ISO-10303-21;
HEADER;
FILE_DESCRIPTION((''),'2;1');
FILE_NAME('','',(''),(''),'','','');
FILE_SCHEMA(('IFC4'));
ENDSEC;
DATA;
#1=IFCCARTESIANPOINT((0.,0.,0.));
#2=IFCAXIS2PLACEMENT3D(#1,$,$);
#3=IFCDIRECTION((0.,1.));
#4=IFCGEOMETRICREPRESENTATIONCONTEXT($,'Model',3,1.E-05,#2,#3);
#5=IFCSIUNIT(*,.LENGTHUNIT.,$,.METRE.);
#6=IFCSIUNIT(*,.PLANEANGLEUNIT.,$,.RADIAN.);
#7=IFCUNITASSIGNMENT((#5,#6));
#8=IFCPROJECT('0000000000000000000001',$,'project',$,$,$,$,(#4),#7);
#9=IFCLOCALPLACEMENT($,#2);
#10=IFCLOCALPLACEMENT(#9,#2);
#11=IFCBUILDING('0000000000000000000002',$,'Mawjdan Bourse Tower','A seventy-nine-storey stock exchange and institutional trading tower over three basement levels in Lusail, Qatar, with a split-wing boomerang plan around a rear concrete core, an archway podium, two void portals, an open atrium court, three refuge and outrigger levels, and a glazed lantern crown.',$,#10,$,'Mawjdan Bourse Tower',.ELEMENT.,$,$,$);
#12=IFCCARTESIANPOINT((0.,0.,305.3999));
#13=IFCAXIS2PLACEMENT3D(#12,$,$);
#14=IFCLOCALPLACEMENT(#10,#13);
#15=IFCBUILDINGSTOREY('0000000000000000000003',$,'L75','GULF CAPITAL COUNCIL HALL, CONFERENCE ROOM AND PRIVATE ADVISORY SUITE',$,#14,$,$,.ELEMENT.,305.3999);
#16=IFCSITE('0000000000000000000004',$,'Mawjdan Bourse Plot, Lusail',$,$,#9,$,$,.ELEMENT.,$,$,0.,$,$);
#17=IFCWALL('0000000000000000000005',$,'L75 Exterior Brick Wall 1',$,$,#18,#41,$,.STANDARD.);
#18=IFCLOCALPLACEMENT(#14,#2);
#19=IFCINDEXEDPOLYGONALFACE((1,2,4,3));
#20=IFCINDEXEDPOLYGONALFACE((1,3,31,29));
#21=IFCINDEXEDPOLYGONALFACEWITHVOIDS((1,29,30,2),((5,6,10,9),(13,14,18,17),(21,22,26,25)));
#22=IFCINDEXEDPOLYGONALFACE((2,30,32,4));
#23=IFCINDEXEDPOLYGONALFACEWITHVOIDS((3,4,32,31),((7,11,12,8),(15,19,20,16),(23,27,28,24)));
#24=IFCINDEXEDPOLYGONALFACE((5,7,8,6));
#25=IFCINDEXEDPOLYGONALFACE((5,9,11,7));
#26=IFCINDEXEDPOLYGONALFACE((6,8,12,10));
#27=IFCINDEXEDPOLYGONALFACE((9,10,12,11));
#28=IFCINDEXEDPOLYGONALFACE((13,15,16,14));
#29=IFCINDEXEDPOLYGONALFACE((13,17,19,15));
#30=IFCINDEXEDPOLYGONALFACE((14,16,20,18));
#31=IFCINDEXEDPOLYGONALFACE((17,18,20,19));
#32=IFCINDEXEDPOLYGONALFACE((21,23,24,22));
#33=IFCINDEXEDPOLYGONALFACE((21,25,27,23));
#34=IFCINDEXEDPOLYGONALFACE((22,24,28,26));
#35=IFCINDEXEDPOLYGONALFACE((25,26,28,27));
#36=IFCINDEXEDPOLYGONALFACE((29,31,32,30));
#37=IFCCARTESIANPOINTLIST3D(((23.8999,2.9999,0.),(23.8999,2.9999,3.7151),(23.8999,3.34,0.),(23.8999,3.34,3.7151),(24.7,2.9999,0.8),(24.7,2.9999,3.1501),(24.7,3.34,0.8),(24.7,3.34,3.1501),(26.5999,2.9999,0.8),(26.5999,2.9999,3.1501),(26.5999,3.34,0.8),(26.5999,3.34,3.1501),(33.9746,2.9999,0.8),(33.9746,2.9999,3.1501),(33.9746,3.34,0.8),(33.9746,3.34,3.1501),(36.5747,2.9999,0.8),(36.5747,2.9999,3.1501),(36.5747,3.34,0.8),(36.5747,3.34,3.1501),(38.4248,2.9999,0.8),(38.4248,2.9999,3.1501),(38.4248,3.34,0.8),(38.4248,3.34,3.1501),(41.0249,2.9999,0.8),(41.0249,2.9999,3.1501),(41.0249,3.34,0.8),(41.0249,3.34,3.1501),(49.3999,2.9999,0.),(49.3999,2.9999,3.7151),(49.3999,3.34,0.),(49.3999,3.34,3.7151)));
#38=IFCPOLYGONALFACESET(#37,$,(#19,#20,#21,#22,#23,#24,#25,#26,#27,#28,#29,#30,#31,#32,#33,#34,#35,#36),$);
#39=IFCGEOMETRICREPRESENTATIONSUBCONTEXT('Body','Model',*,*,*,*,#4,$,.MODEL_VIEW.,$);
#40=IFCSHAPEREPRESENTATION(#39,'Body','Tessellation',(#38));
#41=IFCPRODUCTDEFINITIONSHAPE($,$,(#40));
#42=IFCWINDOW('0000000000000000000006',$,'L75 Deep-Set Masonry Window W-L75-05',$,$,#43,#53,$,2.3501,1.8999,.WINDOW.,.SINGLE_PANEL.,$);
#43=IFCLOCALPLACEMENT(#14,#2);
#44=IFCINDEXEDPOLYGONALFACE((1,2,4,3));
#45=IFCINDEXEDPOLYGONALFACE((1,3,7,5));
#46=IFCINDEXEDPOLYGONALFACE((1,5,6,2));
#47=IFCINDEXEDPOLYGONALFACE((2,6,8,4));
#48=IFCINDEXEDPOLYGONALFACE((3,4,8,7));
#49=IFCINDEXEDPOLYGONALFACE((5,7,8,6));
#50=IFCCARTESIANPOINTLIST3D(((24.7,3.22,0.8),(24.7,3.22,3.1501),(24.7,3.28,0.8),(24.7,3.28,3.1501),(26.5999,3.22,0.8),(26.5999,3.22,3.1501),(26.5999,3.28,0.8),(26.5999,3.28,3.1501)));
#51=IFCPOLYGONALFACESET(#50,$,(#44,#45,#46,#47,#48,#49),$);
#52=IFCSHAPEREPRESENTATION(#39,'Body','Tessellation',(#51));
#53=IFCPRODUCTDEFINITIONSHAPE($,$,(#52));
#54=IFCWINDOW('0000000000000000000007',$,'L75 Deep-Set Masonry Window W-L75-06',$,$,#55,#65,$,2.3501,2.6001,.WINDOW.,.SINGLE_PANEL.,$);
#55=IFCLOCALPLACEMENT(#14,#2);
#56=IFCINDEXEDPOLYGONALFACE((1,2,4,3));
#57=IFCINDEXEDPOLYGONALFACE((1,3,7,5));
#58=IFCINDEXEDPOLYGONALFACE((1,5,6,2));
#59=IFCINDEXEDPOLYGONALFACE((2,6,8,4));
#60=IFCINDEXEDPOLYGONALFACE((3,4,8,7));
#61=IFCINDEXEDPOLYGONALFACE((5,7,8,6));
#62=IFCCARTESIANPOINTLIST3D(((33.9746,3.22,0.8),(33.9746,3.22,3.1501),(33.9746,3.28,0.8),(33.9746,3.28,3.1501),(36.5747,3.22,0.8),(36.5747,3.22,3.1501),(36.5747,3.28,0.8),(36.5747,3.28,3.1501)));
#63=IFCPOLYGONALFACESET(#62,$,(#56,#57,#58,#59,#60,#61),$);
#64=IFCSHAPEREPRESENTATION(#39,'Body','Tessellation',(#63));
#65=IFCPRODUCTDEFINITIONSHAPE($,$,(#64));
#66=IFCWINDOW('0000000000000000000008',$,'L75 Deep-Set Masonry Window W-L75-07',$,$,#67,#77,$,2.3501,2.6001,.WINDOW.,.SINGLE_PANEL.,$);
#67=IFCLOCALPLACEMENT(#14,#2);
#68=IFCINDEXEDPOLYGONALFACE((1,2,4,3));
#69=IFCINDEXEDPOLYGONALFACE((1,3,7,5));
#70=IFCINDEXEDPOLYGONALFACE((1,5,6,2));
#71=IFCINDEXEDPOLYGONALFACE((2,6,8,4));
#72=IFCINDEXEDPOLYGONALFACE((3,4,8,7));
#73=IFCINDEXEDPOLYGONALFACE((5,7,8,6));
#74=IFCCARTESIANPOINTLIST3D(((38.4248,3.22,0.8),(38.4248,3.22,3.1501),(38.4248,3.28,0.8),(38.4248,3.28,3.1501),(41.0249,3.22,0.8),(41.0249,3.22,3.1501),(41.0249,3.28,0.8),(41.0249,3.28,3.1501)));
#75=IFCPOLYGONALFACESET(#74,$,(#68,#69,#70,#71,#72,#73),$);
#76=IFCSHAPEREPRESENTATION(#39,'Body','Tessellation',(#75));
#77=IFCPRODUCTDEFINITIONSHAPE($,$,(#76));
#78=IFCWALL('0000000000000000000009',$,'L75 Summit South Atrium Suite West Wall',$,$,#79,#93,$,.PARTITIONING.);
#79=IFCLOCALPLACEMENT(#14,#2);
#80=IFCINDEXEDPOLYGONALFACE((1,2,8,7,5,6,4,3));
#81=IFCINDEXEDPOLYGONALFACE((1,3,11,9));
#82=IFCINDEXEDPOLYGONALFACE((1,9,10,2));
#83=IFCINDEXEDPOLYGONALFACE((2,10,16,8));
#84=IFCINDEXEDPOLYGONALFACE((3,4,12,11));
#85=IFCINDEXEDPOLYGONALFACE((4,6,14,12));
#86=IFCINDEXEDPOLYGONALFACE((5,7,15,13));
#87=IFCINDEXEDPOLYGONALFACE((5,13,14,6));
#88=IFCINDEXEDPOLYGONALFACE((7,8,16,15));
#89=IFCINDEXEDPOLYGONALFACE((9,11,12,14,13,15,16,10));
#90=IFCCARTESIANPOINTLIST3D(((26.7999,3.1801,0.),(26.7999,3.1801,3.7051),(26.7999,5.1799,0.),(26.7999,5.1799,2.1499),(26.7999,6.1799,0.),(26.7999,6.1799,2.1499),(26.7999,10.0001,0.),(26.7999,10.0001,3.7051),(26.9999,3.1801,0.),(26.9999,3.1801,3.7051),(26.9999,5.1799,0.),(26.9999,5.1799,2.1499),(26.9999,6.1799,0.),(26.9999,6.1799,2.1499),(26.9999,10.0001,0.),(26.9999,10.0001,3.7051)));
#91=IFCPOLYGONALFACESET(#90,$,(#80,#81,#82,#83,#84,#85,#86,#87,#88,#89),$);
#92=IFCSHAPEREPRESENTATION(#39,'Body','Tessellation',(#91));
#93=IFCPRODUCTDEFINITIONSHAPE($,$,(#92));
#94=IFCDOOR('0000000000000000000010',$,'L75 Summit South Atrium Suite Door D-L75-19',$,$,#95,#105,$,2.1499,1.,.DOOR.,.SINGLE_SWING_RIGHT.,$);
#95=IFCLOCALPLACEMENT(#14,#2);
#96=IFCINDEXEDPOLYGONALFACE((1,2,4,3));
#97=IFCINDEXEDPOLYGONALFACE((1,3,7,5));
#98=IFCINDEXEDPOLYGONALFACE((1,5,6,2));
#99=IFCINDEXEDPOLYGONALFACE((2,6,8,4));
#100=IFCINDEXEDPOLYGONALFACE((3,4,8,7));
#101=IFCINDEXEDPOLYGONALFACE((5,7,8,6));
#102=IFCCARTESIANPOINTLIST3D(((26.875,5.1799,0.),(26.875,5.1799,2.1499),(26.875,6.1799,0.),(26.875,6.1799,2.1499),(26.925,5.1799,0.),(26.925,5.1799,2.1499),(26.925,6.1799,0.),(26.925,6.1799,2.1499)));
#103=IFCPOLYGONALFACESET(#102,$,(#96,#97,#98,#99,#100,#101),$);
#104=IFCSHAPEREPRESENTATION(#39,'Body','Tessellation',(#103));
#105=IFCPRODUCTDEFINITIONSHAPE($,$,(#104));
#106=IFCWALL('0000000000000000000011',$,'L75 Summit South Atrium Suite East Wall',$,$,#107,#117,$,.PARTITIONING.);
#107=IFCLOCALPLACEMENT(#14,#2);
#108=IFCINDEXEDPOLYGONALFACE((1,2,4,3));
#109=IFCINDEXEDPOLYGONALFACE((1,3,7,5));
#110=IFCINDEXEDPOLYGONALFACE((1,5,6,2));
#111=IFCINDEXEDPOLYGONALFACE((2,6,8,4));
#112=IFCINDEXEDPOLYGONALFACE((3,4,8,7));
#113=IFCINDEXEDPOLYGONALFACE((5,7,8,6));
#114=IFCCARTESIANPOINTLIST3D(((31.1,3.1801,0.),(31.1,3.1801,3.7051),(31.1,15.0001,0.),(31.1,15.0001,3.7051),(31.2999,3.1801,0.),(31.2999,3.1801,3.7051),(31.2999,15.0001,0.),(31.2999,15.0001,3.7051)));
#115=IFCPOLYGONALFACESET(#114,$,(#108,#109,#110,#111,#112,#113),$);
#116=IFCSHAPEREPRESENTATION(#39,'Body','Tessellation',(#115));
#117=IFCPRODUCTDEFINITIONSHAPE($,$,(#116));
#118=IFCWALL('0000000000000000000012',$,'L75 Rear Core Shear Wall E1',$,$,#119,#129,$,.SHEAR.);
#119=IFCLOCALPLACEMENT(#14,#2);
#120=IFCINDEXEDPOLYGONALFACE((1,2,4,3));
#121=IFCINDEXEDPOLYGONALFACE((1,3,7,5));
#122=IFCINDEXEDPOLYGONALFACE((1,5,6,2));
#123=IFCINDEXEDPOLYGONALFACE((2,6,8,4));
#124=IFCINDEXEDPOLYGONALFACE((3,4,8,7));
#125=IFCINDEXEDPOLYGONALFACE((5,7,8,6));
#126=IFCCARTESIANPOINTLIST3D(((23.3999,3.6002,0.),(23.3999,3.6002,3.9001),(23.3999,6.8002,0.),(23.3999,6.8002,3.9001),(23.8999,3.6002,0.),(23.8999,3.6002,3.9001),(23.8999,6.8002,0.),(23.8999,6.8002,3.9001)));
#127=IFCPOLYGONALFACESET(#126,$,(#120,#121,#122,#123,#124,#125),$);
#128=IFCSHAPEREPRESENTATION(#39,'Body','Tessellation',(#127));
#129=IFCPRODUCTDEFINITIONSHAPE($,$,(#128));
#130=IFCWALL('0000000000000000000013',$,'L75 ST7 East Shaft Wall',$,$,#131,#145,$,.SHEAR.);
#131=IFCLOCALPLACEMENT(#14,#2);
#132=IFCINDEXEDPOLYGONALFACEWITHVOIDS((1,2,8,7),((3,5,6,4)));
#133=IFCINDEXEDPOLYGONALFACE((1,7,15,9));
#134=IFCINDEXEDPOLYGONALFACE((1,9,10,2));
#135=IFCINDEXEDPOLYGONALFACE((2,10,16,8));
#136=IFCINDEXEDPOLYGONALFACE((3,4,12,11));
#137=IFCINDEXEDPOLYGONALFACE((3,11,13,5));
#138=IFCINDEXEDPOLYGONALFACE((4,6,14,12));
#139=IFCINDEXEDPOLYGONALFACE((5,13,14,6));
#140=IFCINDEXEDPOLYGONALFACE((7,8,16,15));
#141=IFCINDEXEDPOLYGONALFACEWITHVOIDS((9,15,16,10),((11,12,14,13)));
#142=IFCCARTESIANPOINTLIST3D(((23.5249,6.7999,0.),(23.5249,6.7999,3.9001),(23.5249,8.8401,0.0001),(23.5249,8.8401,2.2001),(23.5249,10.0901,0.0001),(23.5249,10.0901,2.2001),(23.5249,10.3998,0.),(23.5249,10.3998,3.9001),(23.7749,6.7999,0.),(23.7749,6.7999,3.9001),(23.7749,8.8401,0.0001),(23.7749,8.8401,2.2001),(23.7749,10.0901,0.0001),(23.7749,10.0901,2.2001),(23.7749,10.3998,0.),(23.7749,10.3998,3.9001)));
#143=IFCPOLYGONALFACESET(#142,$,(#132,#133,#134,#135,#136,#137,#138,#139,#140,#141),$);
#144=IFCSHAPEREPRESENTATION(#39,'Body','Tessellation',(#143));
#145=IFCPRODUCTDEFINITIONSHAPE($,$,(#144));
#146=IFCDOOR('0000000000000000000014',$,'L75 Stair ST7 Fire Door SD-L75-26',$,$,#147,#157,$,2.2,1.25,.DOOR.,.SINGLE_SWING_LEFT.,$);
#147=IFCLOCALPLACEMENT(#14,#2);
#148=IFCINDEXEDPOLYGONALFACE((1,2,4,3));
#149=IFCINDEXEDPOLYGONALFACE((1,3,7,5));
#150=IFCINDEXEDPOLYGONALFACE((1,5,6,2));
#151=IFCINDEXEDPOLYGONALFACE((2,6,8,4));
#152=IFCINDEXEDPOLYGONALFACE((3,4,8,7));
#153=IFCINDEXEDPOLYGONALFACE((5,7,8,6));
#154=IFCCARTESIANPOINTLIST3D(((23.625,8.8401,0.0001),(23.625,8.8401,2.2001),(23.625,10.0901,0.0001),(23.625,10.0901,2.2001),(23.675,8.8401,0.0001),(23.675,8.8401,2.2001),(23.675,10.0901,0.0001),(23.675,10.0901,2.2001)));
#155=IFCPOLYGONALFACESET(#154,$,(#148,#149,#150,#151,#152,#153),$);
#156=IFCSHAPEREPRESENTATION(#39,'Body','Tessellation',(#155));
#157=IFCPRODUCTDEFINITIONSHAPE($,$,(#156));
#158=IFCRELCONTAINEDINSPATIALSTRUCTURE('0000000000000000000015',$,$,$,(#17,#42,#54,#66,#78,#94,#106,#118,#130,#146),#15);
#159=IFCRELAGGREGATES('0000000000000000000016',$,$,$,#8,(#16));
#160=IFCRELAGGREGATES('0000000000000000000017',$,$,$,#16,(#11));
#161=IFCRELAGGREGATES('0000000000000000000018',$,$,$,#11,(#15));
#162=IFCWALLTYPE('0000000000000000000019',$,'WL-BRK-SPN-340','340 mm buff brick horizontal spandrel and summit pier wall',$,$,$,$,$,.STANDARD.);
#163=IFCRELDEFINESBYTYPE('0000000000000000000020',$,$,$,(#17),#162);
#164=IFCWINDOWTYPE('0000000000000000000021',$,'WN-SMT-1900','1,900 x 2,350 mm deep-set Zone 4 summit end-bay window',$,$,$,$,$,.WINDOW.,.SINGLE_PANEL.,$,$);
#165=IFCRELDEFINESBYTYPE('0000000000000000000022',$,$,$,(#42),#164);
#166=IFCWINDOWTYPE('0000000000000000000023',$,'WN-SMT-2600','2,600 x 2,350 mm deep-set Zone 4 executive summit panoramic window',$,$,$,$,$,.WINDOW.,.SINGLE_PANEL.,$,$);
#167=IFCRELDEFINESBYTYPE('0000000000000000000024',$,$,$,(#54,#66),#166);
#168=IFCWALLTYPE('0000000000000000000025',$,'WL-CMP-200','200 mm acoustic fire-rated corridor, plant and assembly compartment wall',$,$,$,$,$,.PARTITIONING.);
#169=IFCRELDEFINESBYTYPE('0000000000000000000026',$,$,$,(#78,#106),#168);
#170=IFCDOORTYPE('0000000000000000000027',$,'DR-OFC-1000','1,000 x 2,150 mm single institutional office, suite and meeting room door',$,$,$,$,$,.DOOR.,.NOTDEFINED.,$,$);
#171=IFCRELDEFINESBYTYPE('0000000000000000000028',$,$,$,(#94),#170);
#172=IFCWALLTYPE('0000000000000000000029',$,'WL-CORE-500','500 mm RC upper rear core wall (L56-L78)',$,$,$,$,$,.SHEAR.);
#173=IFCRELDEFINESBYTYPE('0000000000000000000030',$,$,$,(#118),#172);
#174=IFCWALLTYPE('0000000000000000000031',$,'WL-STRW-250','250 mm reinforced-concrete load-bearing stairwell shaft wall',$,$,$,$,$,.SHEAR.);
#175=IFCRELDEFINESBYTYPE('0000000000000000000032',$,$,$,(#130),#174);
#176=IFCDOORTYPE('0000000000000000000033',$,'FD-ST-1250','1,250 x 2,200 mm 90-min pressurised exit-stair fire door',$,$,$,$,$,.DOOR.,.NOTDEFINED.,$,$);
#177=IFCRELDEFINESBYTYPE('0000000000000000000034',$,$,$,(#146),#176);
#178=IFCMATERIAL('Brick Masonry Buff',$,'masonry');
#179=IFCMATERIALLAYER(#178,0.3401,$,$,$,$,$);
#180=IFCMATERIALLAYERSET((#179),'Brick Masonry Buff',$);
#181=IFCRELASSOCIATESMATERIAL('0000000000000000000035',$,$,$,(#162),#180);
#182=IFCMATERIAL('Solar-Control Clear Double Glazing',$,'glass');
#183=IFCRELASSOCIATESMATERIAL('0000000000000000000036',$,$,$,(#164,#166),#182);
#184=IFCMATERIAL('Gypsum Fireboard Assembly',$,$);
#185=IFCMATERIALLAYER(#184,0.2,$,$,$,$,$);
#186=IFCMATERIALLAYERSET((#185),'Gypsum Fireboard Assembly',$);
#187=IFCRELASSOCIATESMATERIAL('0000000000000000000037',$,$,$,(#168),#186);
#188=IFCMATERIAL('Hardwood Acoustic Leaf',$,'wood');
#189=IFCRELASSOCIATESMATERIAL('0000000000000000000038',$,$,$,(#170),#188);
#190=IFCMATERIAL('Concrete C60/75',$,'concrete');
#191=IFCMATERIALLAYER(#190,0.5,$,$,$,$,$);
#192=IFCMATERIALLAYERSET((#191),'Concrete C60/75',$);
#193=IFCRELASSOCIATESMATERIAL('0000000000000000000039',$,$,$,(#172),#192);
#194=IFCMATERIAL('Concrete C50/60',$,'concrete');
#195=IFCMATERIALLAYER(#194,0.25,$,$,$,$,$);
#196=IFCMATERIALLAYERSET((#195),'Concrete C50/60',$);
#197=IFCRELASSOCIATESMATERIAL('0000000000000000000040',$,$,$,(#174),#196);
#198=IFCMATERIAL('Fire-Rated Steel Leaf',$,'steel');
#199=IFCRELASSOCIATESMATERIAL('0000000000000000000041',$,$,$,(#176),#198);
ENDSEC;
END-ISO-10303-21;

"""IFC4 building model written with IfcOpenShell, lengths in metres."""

from ifc_helpers import new_model, si_unit, direction, frame, frame_2d, origin, place, context, subcontext, project, spatial, rectangle, extrude, material, layer, layer_set, type_object, element, fill, save


model = new_model("IFC4")

# Units and contexts
model_context = context("Model", 3, precision=1e-05, world=origin(), true_north=direction((0.0, 1.0)))
body_context = subcontext(model_context, "Body", "Model", "MODEL_VIEW")
ifc_project = project(units=[si_unit("LENGTHUNIT", "METRE"), si_unit("PLANEANGLEUNIT", "RADIAN")], contexts=[model_context])

# Site, building, storey
site_placement = place(None, origin())
site = spatial("IfcSite", under=ifc_project, at=site_placement, Name="Mawjdan Bourse Plot, Lusail", CompositionType="ELEMENT", RefElevation=0.0)
building_placement = place(site_placement, origin())
building = spatial("IfcBuilding", under=site, at=building_placement, Name="Mawjdan Bourse Tower", Description="A seventy-nine-storey stock exchange and institutional trading tower over three basement levels in Lusail, Qatar, with a split-wing boomerang plan around a rear concrete core, an archway podium, two void portals, an open atrium court, three refuge and outrigger levels, and a glazed lantern crown.", LongName="Mawjdan Bourse Tower", CompositionType="ELEMENT")
storey_placement = place(building_placement, frame((0.0, 0.0, 305.3999)))
storey = spatial("IfcBuildingStorey", under=building, at=storey_placement, Name="L75", Description="GULF CAPITAL COUNCIL HALL, CONFERENCE ROOM AND PRIVATE ADVISORY SUITE", CompositionType="ELEMENT", Elevation=305.3999)

# Shared definitions
ifc_material_1 = material(Name="Concrete C60/75", Category="concrete")

# Wall, openings, windows
ifc_material_2 = material(Name="Brick Masonry Buff", Category="masonry")
ifc_layer_1 = layer(ifc_material_2, 0.3401)
ifc_layer_set_1 = layer_set([ifc_layer_1], Name="Brick Masonry Buff")
wall_type_1 = type_object("IfcWallType", Name="WL-BRK-SPN-340", Description="340 mm buff brick horizontal spandrel and summit pier wall", PredefinedType="STANDARD", material=ifc_layer_set_1)
wall_1_placement = place(storey_placement, frame((23.8999, 3.1699, 0.0), z_axis=(0.0, 0.0, 1.0), x_axis=(1.0, 0.0, 0.0)))
wall_1 = element("IfcWall", 1, at=wall_1_placement, inside=storey, type_object=wall_type_1, Name="L75 Exterior Brick Wall 1", PredefinedType="STANDARD", context=body_context, shape_type="SweptSolid", body=[
    extrude(rectangle(XDim=25.5, YDim=0.3401, at=frame_2d((12.75, 0.0))), origin(), (0.0, 0.0, 1.0), 3.7151),
])
opening_1_placement = place(wall_1_placement, frame((0.8, 0.0, 0.8)))
opening_1 = element("IfcOpeningElement", 2, at=opening_1_placement, cuts=wall_1, PredefinedType="OPENING", context=body_context, shape_type="SweptSolid", body=[
    extrude(rectangle(XDim=1.8999, YDim=2.3501, at=frame_2d((0.95, 1.175))), frame((0.0, 0.1802, 0.0), z_axis=(0.0, -1.0, 0.0), x_axis=(1.0, 0.0, 0.0)), (0.0, 0.0, 1.0), 0.3601),
])
opening_2_placement = place(wall_1_placement, frame((10.0747, 0.0, 0.8)))
opening_2 = element("IfcOpeningElement", 3, at=opening_2_placement, cuts=wall_1, PredefinedType="OPENING", context=body_context, shape_type="SweptSolid", body=[
    extrude(rectangle(XDim=2.6001, YDim=2.3501, at=frame_2d((1.3, 1.175))), frame((0.0, 0.1802, 0.0), z_axis=(0.0, -1.0, 0.0), x_axis=(1.0, 0.0, 0.0)), (0.0, 0.0, 1.0), 0.3601),
])
opening_3_placement = place(wall_1_placement, frame((14.5249, 0.0, 0.8)))
opening_3 = element("IfcOpeningElement", 4, at=opening_3_placement, cuts=wall_1, PredefinedType="OPENING", context=body_context, shape_type="SweptSolid", body=[
    extrude(rectangle(XDim=2.6001, YDim=2.3501, at=frame_2d((1.3, 1.175))), frame((0.0, 0.1802, 0.0), z_axis=(0.0, -1.0, 0.0), x_axis=(1.0, 0.0, 0.0)), (0.0, 0.0, 1.0), 0.3601),
])
ifc_material_3 = material(Name="Solar-Control Clear Double Glazing", Category="glass")
window_type_1 = type_object("IfcWindowType", Name="WN-SMT-1900", Description="1,900 x 2,350 mm deep-set Zone 4 summit end-bay window", PartitioningType="SINGLE_PANEL", PredefinedType="WINDOW", material=ifc_material_3)
window_1_placement = place(opening_1_placement, origin())
window_1 = element("IfcWindow", 5, at=window_1_placement, inside=storey, type_object=window_type_1, Name="L75 Deep-Set Masonry Window W-L75-05", OverallHeight=2.3501, OverallWidth=1.8999, PartitioningType="SINGLE_PANEL", PredefinedType="WINDOW", context=body_context, shape_type="SweptSolid", body=[
    extrude(rectangle(XDim=1.8999, YDim=2.3501, at=frame_2d((0.95, 1.175))), frame((0.0, 0.1101, 0.0), z_axis=(0.0, -1.0, 0.0), x_axis=(1.0, 0.0, 0.0)), (0.0, 0.0, 1.0), 0.0601),
])
fill(opening_1, window_1)
window_type_2 = type_object("IfcWindowType", Name="WN-SMT-2600", Description="2,600 x 2,350 mm deep-set Zone 4 executive summit panoramic window", PartitioningType="SINGLE_PANEL", PredefinedType="WINDOW", material=ifc_material_3)
window_2_placement = place(opening_2_placement, origin())
window_2 = element("IfcWindow", 6, at=window_2_placement, inside=storey, type_object=window_type_2, Name="L75 Deep-Set Masonry Window W-L75-06", OverallHeight=2.3501, OverallWidth=2.6001, PartitioningType="SINGLE_PANEL", PredefinedType="WINDOW", context=body_context, shape_type="SweptSolid", body=[
    extrude(rectangle(XDim=2.6001, YDim=2.3501, at=frame_2d((1.3, 1.175))), frame((0.0, 0.1101, 0.0), z_axis=(0.0, -1.0, 0.0), x_axis=(1.0, 0.0, 0.0)), (0.0, 0.0, 1.0), 0.0601),
])
fill(opening_2, window_2)
window_3_placement = place(opening_3_placement, origin())
window_3 = element("IfcWindow", 7, at=window_3_placement, inside=storey, type_object=window_type_2, Name="L75 Deep-Set Masonry Window W-L75-07", OverallHeight=2.3501, OverallWidth=2.6001, PartitioningType="SINGLE_PANEL", PredefinedType="WINDOW", context=body_context, shape_type="SweptSolid", body=[
    extrude(rectangle(XDim=2.6001, YDim=2.3501, at=frame_2d((1.3, 1.175))), frame((0.0, 0.1101, 0.0), z_axis=(0.0, -1.0, 0.0), x_axis=(1.0, 0.0, 0.0)), (0.0, 0.0, 1.0), 0.0601),
])
fill(opening_3, window_3)

# Wall, opening, door
ifc_material_4 = material(Name="Gypsum Fireboard Assembly")
ifc_layer_2 = layer(ifc_material_4, 0.2)
ifc_layer_set_2 = layer_set([ifc_layer_2], Name="Gypsum Fireboard Assembly")
wall_type_2 = type_object("IfcWallType", Name="WL-CMP-200", Description="200 mm acoustic fire-rated corridor, plant and assembly compartment wall", PredefinedType="PARTITIONING", material=ifc_layer_set_2)
ifc_material_5 = material(Name="Hardwood Acoustic Leaf", Category="wood")
door_type_1 = type_object("IfcDoorType", Name="DR-OFC-1000", Description="1,000 x 2,150 mm single institutional office, suite and meeting room door", OperationType="NOTDEFINED", PredefinedType="DOOR", material=ifc_material_5)
wall_2_placement = place(storey_placement, frame((26.8999, 3.1799, 0.0), z_axis=(0.0, 0.0, 1.0), x_axis=(0.0, 1.0, 0.0)))
wall_2 = element("IfcWall", 8, at=wall_2_placement, inside=storey, type_object=wall_type_2, Name="L75 Summit South Atrium Suite West Wall", PredefinedType="PARTITIONING", context=body_context, shape_type="SweptSolid", body=[
    extrude(rectangle(XDim=6.8201, YDim=0.2, at=frame_2d((3.4102, 0.0))), origin(), (0.0, 0.0, 1.0), 3.7051),
])
opening_4_placement = place(wall_2_placement, frame((2.0, 0.0, 0.0)))
opening_4 = element("IfcOpeningElement", 9, at=opening_4_placement, cuts=wall_2, PredefinedType="OPENING", context=body_context, shape_type="SweptSolid", body=[
    extrude(rectangle(XDim=1.0, YDim=2.1499, at=frame_2d((0.5, 1.075))), frame((0.0, 0.1099, 0.0), z_axis=(0.0, -1.0, 0.0), x_axis=(1.0, 0.0, 0.0)), (0.0, 0.0, 1.0), 0.22),
])
door_1_placement = place(opening_4_placement, origin())
door_1 = element("IfcDoor", 10, at=door_1_placement, inside=storey, type_object=door_type_1, Name="L75 Summit South Atrium Suite Door D-L75-19", OperationType="SINGLE_SWING_RIGHT", OverallHeight=2.1499, OverallWidth=1.0, PredefinedType="DOOR", context=body_context, shape_type="SweptSolid", body=[
    extrude(rectangle(XDim=1.0, YDim=2.1499, at=frame_2d((0.5, 1.075))), frame((0.0, 0.0249, 0.0), z_axis=(0.0, -1.0, 0.0), x_axis=(1.0, 0.0, 0.0)), (0.0, 0.0, 1.0), 0.05),
])
fill(opening_4, door_1)

# Walls
wall_3_placement = place(storey_placement, frame((31.2, 3.1799, 0.0), z_axis=(0.0, 0.0, 1.0), x_axis=(0.0, 1.0, 0.0)))
element("IfcWall", 11, at=wall_3_placement, inside=storey, type_object=wall_type_2, Name="L75 Summit South Atrium Suite East Wall", PredefinedType="PARTITIONING", context=body_context, shape_type="SweptSolid", body=[
    extrude(rectangle(XDim=11.8201, YDim=0.2, at=frame_2d((5.9102, 0.0))), origin(), (0.0, 0.0, 1.0), 3.7051),
])
ifc_layer_3 = layer(ifc_material_1, 0.5)
ifc_layer_set_3 = layer_set([ifc_layer_3], Name="Concrete C60/75")
wall_type_3 = type_object("IfcWallType", Name="WL-CORE-500", Description="500 mm RC upper rear core wall (L56-L78)", PredefinedType="SHEAR", material=ifc_layer_set_3)
wall_4_placement = place(storey_placement, frame((23.6499, 3.6001, 0.0), z_axis=(0.0, 0.0, 1.0), x_axis=(0.0, 1.0, 0.0)))
element("IfcWall", 12, at=wall_4_placement, inside=storey, type_object=wall_type_3, Name="L75 Rear Core Shear Wall E1", PredefinedType="SHEAR", context=body_context, shape_type="SweptSolid", body=[
    extrude(rectangle(XDim=3.2, YDim=0.5, at=frame_2d((1.6001, 0.0))), origin(), (0.0, 0.0, 1.0), 3.9001),
])

# Wall, opening, door
ifc_material_6 = material(Name="Concrete C50/60", Category="concrete")
ifc_layer_4 = layer(ifc_material_6, 0.25)
ifc_layer_set_4 = layer_set([ifc_layer_4], Name="Concrete C50/60")
wall_type_4 = type_object("IfcWallType", Name="WL-STRW-250", Description="250 mm reinforced-concrete load-bearing stairwell shaft wall", PredefinedType="SHEAR", material=ifc_layer_set_4)
wall_5_placement = place(storey_placement, frame((23.6499, 6.8, 0.0), z_axis=(0.0, 0.0, 1.0), x_axis=(0.0, 1.0, 0.0)))
wall_5 = element("IfcWall", 13, at=wall_5_placement, inside=storey, type_object=wall_type_4, Name="L75 ST7 East Shaft Wall", PredefinedType="SHEAR", context=body_context, shape_type="SweptSolid", body=[
    extrude(rectangle(XDim=3.5999, YDim=0.25, at=frame_2d((1.7998, 0.0))), origin(), (0.0, 0.0, 1.0), 3.9001),
])
opening_5_placement = place(wall_5_placement, frame((2.04, 0.0, 0.0)))
opening_5 = element("IfcOpeningElement", 14, at=opening_5_placement, cuts=wall_5, PredefinedType="OPENING", context=body_context, shape_type="SweptSolid", body=[
    extrude(rectangle(XDim=1.25, YDim=2.2, at=frame_2d((0.625, 1.1001))), frame((0.0, 0.135, 0.0), z_axis=(0.0, -1.0, 0.0), x_axis=(1.0, 0.0, 0.0)), (0.0, 0.0, 1.0), 0.27),
])
ifc_material_7 = material(Name="Fire-Rated Steel Leaf", Category="steel")
door_type_2 = type_object("IfcDoorType", Name="FD-ST-1250", Description="1,250 x 2,200 mm 90-min pressurised exit-stair fire door", OperationType="NOTDEFINED", PredefinedType="DOOR", material=ifc_material_7)
door_2_placement = place(opening_5_placement, origin())
door_2 = element("IfcDoor", 15, at=door_2_placement, inside=storey, type_object=door_type_2, Name="L75 Stair ST7 Fire Door SD-L75-26", OperationType="SINGLE_SWING_LEFT", OverallHeight=2.2, OverallWidth=1.25, PredefinedType="DOOR", context=body_context, shape_type="SweptSolid", body=[
    extrude(rectangle(XDim=1.25, YDim=2.2, at=frame_2d((0.625, 1.1001))), frame((0.0, 0.0249, 0.0), z_axis=(0.0, -1.0, 0.0), x_axis=(1.0, 0.0, 0.0)), (0.0, 0.0, 1.0), 0.05),
])
fill(opening_5, door_2)

save(model, "model.ifc")
